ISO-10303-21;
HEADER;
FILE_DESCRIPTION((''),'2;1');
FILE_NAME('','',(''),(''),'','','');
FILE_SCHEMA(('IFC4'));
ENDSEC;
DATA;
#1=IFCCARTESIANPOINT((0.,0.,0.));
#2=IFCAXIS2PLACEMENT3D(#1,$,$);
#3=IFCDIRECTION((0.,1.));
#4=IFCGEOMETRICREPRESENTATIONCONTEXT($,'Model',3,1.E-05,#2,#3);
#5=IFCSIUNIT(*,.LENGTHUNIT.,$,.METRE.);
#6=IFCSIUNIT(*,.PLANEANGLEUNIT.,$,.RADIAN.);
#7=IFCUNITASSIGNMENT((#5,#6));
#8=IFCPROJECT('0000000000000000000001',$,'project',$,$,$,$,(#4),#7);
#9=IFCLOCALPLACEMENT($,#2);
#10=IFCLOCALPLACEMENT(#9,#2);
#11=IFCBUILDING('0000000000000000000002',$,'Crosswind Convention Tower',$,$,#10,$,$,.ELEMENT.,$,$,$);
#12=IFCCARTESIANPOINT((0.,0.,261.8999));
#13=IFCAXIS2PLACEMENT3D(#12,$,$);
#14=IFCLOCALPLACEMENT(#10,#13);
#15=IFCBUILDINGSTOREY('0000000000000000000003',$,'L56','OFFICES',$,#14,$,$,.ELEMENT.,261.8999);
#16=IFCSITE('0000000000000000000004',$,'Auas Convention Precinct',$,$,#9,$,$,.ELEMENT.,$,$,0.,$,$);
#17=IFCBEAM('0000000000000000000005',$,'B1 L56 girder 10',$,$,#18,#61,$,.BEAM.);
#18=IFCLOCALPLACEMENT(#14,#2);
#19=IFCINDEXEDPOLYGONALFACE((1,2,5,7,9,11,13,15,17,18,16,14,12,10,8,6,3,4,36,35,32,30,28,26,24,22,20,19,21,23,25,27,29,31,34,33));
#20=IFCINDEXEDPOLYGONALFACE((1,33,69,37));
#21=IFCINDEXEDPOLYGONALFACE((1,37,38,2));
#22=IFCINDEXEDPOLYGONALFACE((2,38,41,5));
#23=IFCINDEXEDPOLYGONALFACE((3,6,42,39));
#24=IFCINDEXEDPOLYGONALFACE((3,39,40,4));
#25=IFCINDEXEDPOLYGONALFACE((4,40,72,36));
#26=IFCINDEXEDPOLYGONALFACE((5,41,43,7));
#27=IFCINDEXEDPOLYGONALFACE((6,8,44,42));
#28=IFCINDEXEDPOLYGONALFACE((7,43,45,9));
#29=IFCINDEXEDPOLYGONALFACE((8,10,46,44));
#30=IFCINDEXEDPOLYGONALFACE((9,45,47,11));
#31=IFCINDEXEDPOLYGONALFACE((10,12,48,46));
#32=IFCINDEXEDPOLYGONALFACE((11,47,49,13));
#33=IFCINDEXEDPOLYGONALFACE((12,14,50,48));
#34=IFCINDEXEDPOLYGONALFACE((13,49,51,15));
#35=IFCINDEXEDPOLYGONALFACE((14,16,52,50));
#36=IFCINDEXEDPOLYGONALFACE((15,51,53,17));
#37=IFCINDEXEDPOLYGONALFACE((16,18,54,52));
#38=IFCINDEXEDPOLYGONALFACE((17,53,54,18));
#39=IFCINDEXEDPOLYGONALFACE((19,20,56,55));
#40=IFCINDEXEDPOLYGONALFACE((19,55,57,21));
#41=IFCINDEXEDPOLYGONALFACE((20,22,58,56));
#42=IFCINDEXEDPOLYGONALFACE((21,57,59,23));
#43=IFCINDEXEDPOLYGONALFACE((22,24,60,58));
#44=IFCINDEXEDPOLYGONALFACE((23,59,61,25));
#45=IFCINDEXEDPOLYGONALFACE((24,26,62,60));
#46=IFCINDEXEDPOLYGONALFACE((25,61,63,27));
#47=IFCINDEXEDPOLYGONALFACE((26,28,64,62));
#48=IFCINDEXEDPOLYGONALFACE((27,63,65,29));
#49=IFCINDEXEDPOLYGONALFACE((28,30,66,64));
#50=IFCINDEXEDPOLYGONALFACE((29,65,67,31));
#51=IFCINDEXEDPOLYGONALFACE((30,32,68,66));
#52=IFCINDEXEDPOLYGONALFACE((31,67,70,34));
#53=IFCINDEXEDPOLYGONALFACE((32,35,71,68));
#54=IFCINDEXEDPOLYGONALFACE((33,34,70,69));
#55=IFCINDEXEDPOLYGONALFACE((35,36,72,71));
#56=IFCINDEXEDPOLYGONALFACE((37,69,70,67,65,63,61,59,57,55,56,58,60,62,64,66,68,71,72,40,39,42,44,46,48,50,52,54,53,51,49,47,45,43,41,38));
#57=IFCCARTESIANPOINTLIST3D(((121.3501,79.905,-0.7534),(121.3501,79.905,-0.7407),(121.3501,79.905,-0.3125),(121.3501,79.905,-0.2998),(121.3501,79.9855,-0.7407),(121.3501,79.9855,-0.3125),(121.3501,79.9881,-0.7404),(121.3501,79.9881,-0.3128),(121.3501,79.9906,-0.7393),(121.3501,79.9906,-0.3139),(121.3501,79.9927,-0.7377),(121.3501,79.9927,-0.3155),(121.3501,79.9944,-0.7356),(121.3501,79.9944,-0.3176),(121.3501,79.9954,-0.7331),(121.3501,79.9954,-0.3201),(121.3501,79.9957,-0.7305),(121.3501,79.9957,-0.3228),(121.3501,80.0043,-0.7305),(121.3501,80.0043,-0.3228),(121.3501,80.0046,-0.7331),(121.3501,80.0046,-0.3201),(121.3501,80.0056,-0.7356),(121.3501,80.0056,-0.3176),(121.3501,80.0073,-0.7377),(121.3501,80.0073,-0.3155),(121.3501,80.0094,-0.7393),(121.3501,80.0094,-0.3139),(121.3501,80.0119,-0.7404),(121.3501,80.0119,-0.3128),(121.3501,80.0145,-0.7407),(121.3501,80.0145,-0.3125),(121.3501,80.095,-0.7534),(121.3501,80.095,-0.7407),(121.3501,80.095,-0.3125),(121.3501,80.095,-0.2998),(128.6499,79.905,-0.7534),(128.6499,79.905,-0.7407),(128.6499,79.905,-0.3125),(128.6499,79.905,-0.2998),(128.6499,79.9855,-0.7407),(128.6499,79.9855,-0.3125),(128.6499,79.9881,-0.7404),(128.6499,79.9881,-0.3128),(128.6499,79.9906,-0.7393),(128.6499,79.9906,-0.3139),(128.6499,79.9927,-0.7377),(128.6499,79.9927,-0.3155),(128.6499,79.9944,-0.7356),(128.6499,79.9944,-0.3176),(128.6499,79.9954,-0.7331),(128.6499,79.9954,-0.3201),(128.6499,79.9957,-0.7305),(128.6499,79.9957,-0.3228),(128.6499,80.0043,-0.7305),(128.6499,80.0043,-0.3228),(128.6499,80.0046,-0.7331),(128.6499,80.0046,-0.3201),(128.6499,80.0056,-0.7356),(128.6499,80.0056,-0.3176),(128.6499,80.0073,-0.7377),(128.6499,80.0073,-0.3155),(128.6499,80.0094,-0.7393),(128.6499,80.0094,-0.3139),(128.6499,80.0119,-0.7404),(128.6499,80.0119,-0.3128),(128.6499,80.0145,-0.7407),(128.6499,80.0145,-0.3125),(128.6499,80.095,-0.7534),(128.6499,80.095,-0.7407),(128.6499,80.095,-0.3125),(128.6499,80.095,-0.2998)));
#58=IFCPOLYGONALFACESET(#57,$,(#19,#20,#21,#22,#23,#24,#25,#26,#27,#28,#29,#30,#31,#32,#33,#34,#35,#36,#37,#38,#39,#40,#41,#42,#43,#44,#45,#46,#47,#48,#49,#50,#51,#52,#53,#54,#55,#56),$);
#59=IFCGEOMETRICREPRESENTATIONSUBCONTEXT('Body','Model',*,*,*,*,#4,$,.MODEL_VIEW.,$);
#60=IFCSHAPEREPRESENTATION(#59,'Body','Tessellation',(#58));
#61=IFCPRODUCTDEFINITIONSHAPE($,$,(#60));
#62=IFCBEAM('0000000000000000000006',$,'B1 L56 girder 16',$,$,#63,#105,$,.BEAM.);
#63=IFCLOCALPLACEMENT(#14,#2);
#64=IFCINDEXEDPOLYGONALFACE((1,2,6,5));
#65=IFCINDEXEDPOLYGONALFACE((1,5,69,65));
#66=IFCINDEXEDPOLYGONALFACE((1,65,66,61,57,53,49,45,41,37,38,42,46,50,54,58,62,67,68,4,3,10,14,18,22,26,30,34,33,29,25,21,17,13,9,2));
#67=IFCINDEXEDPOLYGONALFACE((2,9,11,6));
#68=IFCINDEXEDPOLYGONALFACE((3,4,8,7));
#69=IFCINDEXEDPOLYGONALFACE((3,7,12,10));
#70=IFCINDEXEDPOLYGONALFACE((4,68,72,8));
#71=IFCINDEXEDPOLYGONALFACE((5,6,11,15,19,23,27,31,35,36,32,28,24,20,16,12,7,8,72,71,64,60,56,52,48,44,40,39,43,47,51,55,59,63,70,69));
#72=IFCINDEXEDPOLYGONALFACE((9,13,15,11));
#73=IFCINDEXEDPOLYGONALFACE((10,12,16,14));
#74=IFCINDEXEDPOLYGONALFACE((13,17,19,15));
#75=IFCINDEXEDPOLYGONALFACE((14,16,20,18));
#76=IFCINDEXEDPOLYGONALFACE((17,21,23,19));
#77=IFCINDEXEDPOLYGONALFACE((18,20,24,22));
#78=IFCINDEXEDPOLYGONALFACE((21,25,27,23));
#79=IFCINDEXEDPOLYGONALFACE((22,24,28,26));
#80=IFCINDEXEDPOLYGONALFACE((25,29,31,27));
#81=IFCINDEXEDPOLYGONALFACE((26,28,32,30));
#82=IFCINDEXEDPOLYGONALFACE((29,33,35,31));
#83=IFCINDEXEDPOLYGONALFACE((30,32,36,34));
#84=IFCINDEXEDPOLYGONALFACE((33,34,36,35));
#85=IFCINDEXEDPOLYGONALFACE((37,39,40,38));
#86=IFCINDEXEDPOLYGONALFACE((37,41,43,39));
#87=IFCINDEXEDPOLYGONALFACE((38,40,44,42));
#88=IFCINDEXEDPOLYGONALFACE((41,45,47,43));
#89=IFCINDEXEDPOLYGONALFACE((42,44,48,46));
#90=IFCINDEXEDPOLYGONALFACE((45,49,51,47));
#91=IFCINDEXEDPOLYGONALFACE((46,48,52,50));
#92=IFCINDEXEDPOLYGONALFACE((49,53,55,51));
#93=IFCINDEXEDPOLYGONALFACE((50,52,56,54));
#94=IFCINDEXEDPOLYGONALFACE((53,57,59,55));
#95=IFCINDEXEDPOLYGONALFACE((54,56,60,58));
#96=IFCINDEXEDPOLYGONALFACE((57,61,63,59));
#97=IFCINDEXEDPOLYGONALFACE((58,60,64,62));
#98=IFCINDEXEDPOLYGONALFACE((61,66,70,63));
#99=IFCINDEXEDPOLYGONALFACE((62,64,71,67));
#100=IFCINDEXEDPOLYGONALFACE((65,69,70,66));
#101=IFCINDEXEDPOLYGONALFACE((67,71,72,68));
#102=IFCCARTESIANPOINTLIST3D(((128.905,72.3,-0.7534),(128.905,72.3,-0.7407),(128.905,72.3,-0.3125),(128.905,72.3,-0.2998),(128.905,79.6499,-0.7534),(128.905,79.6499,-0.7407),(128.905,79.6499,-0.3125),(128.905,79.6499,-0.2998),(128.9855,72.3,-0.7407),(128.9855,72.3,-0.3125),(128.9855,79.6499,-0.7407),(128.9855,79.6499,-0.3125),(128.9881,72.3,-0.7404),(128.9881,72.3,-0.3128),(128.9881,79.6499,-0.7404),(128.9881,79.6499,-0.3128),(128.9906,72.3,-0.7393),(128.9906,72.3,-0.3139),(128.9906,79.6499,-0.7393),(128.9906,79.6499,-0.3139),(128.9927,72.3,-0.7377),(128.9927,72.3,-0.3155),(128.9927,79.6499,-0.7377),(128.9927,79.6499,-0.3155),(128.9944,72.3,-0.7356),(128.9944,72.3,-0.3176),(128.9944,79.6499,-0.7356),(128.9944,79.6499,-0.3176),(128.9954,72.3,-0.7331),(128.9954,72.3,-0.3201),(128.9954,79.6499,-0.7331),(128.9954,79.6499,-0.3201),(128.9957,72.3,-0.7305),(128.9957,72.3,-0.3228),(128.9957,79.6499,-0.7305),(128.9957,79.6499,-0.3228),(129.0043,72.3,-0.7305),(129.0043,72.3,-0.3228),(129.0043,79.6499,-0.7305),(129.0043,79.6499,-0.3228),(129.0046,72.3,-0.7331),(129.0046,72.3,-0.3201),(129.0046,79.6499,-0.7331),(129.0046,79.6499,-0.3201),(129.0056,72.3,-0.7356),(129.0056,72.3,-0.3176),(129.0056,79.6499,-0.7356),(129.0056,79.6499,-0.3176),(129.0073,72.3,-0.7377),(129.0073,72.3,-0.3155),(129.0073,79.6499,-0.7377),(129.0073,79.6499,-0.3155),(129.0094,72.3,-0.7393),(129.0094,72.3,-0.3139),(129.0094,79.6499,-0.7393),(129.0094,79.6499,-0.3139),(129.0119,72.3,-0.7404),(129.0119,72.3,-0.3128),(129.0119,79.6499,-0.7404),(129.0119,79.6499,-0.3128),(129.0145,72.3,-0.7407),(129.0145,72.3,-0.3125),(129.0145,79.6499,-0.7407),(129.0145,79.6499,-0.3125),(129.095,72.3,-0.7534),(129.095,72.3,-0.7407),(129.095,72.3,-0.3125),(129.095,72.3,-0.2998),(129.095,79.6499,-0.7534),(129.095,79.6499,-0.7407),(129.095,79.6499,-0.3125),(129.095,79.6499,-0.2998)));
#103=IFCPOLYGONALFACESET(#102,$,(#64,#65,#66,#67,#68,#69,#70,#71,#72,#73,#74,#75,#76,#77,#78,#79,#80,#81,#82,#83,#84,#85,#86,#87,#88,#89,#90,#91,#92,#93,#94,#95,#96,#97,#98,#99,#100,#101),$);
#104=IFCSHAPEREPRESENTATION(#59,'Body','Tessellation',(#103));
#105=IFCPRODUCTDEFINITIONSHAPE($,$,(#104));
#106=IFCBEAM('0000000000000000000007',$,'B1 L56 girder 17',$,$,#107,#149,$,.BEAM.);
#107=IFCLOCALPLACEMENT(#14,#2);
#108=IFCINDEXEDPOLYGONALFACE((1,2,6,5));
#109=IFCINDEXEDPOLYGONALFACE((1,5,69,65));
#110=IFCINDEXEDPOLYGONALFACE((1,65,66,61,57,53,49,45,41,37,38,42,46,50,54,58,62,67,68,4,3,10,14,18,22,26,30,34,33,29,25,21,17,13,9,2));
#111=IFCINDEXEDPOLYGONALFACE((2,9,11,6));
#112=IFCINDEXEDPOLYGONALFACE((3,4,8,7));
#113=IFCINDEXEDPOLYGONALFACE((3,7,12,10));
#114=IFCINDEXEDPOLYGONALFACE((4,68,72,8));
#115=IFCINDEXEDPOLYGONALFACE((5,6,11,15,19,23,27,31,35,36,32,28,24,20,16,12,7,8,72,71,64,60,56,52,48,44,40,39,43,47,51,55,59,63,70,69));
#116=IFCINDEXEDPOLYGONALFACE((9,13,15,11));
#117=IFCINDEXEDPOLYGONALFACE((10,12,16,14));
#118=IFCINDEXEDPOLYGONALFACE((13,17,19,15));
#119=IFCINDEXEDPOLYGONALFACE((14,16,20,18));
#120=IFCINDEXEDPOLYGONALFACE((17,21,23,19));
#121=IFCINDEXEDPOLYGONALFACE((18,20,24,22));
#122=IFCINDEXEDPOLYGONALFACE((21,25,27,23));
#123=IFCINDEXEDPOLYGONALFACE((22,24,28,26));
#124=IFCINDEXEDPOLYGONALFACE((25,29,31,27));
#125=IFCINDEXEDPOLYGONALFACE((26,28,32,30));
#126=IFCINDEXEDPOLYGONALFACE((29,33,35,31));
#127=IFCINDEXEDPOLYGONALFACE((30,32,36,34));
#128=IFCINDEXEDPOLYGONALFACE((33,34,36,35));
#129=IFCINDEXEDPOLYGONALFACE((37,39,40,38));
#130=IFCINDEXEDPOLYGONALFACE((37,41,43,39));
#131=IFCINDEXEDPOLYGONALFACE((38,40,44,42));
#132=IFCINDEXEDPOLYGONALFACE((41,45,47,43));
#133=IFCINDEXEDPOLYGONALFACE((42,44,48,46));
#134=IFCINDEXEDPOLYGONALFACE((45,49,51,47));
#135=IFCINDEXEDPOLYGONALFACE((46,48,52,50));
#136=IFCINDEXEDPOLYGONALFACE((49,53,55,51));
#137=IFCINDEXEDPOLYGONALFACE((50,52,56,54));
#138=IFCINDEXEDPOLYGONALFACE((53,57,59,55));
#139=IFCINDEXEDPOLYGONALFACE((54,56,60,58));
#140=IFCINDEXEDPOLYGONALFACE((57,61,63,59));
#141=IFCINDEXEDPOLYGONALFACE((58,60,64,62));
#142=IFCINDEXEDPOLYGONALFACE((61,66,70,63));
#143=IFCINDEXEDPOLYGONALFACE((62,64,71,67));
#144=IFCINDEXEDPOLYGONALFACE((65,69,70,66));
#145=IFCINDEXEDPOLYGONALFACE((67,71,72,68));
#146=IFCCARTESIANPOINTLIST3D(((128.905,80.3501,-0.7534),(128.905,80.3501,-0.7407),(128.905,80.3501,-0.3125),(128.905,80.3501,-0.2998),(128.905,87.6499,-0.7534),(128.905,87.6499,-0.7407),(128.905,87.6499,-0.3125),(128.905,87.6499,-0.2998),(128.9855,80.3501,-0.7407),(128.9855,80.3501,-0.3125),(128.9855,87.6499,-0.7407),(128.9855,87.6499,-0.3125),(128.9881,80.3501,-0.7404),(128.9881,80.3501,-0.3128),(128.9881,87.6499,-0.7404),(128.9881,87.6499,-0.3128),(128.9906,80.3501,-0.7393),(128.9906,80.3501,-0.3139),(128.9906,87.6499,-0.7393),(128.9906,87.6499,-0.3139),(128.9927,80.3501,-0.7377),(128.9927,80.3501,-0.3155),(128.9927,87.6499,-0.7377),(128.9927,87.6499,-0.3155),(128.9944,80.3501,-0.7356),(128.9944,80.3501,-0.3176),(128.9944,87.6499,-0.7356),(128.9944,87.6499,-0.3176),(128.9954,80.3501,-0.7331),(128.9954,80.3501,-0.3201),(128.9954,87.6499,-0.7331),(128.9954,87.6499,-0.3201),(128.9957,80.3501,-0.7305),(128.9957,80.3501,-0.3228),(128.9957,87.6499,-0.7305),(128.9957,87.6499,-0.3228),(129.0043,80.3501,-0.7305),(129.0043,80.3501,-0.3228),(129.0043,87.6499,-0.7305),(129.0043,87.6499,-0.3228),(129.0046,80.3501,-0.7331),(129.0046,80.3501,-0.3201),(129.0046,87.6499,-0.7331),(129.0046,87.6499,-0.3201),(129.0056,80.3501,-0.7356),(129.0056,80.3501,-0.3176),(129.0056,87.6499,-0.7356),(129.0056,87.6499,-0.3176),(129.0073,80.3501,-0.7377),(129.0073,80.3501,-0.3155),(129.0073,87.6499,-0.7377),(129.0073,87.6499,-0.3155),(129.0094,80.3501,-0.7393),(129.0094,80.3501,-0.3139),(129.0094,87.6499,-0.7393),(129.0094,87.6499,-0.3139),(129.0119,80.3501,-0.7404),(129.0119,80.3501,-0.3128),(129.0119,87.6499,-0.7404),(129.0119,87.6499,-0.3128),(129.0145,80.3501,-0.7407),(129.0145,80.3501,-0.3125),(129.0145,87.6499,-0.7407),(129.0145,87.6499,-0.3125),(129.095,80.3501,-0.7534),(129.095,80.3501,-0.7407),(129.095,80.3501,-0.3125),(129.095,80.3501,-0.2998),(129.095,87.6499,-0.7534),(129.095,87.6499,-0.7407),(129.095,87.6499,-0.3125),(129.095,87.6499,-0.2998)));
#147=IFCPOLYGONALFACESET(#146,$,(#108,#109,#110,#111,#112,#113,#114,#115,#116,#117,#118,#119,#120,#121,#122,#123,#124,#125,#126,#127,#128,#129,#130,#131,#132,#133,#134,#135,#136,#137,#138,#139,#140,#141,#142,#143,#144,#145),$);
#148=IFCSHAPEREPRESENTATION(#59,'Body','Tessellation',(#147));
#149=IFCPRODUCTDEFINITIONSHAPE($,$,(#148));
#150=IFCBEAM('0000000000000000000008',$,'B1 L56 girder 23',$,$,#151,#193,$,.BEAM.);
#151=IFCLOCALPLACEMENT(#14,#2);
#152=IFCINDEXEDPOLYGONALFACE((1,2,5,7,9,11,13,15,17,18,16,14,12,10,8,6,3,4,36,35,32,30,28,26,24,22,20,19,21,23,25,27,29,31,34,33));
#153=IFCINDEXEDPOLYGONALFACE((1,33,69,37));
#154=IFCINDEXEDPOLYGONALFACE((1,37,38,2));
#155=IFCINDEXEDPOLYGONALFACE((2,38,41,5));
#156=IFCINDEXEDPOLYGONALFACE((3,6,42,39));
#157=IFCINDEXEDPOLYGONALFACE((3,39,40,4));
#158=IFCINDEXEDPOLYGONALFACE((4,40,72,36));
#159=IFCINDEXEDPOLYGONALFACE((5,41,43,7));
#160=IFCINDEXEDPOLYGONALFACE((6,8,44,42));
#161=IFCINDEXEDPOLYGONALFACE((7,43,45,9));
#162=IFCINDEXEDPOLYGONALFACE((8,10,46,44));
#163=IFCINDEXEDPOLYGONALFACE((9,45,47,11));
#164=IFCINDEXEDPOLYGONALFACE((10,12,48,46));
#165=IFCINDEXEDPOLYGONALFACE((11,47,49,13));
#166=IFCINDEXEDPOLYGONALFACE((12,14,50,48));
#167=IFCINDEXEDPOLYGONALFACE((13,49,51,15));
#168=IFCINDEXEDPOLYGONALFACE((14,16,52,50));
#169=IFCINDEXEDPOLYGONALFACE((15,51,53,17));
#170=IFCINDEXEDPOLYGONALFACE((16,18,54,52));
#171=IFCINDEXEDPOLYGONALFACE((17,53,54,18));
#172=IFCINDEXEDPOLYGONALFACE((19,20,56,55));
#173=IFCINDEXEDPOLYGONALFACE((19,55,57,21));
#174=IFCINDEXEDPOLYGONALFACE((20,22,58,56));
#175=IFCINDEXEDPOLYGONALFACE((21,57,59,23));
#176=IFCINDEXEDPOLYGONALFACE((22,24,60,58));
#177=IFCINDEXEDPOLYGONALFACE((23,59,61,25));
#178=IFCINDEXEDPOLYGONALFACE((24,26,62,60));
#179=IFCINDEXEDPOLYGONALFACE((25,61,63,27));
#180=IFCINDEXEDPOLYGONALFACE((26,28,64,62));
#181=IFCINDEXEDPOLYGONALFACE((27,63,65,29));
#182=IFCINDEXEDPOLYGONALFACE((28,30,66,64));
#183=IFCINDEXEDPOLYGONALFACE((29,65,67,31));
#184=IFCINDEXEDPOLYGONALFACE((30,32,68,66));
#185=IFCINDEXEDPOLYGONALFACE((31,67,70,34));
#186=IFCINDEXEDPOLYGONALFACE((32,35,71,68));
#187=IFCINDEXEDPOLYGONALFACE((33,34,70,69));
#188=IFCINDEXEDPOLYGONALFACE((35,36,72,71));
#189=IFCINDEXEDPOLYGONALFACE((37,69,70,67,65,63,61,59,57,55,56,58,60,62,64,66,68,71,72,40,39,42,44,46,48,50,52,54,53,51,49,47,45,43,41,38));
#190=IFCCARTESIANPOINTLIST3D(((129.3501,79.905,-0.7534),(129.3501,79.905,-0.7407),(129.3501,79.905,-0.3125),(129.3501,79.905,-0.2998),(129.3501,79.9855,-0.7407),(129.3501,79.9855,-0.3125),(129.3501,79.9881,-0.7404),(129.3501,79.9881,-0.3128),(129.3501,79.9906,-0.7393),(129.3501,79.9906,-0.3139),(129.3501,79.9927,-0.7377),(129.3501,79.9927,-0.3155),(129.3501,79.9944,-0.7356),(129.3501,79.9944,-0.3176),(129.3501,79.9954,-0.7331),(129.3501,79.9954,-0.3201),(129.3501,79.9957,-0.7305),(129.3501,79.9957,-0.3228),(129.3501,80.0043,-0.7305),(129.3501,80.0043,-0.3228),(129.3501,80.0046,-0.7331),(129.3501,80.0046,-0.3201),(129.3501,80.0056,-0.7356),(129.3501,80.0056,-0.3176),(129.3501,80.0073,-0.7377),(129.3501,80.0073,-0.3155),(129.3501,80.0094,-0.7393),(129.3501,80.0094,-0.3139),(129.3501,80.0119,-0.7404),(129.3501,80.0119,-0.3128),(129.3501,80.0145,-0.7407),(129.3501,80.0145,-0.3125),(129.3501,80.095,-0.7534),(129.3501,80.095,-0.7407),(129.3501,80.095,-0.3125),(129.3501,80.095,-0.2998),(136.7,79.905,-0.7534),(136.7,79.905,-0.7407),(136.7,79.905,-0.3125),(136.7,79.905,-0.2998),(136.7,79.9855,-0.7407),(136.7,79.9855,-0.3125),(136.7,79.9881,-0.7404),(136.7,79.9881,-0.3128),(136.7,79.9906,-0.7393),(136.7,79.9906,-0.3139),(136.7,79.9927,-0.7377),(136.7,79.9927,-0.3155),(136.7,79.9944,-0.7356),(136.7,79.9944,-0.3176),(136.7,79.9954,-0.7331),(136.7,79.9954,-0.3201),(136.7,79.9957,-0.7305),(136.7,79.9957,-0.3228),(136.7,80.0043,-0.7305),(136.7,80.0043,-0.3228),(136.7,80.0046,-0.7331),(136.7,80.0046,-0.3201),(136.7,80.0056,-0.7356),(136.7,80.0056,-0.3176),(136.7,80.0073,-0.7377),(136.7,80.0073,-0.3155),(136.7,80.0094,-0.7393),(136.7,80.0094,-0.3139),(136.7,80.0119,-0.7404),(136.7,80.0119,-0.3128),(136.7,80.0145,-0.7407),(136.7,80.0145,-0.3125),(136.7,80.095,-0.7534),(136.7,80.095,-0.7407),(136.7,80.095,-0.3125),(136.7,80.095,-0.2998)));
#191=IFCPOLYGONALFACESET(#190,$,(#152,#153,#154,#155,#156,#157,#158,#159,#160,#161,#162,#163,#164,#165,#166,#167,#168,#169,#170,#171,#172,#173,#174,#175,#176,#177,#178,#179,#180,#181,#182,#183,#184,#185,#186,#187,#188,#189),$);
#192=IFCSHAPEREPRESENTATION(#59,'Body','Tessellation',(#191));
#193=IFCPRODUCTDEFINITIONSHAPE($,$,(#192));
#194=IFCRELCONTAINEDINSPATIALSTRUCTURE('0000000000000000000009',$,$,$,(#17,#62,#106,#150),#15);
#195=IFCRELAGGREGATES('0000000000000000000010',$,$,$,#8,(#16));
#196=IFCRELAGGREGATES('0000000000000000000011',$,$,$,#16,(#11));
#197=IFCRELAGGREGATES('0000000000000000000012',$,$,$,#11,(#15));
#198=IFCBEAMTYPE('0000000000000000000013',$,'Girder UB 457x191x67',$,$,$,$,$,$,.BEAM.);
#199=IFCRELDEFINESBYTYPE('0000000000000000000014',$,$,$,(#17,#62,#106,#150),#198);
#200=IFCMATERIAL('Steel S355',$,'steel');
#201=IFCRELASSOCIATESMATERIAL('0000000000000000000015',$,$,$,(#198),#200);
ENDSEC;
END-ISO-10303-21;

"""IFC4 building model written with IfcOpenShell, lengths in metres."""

from ifc_helpers import new_model, si_unit, direction, frame, origin, origin_2d, place, context, subcontext, project, spatial, i_section, extrude, material, material_profile, profile_set, type_object, element, save


model = new_model("IFC4")

# Units and contexts
model_context = context("Model", 3, precision=1e-05, world=origin(), true_north=direction((0.0, 1.0)))
body_context = subcontext(model_context, "Body", "Model", "MODEL_VIEW")
ifc_project = project(units=[si_unit("LENGTHUNIT", "METRE"), si_unit("PLANEANGLEUNIT", "RADIAN")], contexts=[model_context])

# Site, building, storey
site_placement = place(None, origin())
site = spatial("IfcSite", under=ifc_project, at=site_placement, Name="Auas Convention Precinct", CompositionType="ELEMENT", RefElevation=0.0)
building_placement = place(site_placement, origin())
building = spatial("IfcBuilding", under=site, at=building_placement, Name="Crosswind Convention Tower", CompositionType="ELEMENT")
storey_placement = place(building_placement, frame((0.0, 0.0, 261.8999)))
storey = spatial("IfcBuildingStorey", under=building, at=storey_placement, Name="L56", Description="OFFICES", CompositionType="ELEMENT", Elevation=261.8999)

# Beams
ifc_material_1 = material(Name="Steel S355", Category="steel")
ifc_material_profile_1 = material_profile(ifc_material_1, i_section(OverallWidth=0.1899, OverallDepth=0.4536, WebThickness=0.0085, FlangeThickness=0.0127, FilletRadius=0.0103, at=origin_2d()), Name="UB 457x191x67")
ifc_profile_set_1 = profile_set([ifc_material_profile_1], Name="Steel S355")
beam_type_1 = type_object("IfcBeamType", Name="Girder UB 457x191x67", PredefinedType="BEAM", material=ifc_profile_set_1)
beam_1_placement = place(storey_placement, frame((121.3501, 80.0, -0.5266), z_axis=(1.0, 0.0, 0.0), x_axis=(0.0, 1.0, 0.0)))
element("IfcBeam", 1, at=beam_1_placement, inside=storey, type_object=beam_type_1, Name="B1 L56 girder 10", PredefinedType="BEAM", context=body_context, shape_type="SweptSolid", body=[
    extrude(i_section(OverallWidth=0.1899, OverallDepth=0.4536, WebThickness=0.0085, FlangeThickness=0.0127, FilletRadius=0.0103, at=origin_2d()), origin(), (0.0, 0.0, 1.0), 7.2998),
])
beam_2_placement = place(storey_placement, frame((129.0, 72.3, -0.5266), z_axis=(0.0, 1.0, 0.0), x_axis=(-1.0, 0.0, 0.0)))
element("IfcBeam", 2, at=beam_2_placement, inside=storey, type_object=beam_type_1, Name="B1 L56 girder 16", PredefinedType="BEAM", context=body_context, shape_type="SweptSolid", body=[
    extrude(i_section(OverallWidth=0.1899, OverallDepth=0.4536, WebThickness=0.0085, FlangeThickness=0.0127, FilletRadius=0.0103, at=origin_2d()), origin(), (0.0, 0.0, 1.0), 7.3499),
])
beam_3_placement = place(storey_placement, frame((129.0, 80.3501, -0.5266), z_axis=(0.0, 1.0, 0.0), x_axis=(-1.0, 0.0, 0.0)))
element("IfcBeam", 3, at=beam_3_placement, inside=storey, type_object=beam_type_1, Name="B1 L56 girder 17", PredefinedType="BEAM", context=body_context, shape_type="SweptSolid", body=[
    extrude(i_section(OverallWidth=0.1899, OverallDepth=0.4536, WebThickness=0.0085, FlangeThickness=0.0127, FilletRadius=0.0103, at=origin_2d()), origin(), (0.0, 0.0, 1.0), 7.2998),
])
beam_4_placement = place(storey_placement, frame((129.3501, 80.0, -0.5266), z_axis=(1.0, 0.0, 0.0), x_axis=(0.0, 1.0, 0.0)))
element("IfcBeam", 4, at=beam_4_placement, inside=storey, type_object=beam_type_1, Name="B1 L56 girder 23", PredefinedType="BEAM", context=body_context, shape_type="SweptSolid", body=[
    extrude(i_section(OverallWidth=0.1899, OverallDepth=0.4536, WebThickness=0.0085, FlangeThickness=0.0127, FilletRadius=0.0103, at=origin_2d()), origin(), (0.0, 0.0, 1.0), 7.3499),
])

save(model, "model.ifc")
